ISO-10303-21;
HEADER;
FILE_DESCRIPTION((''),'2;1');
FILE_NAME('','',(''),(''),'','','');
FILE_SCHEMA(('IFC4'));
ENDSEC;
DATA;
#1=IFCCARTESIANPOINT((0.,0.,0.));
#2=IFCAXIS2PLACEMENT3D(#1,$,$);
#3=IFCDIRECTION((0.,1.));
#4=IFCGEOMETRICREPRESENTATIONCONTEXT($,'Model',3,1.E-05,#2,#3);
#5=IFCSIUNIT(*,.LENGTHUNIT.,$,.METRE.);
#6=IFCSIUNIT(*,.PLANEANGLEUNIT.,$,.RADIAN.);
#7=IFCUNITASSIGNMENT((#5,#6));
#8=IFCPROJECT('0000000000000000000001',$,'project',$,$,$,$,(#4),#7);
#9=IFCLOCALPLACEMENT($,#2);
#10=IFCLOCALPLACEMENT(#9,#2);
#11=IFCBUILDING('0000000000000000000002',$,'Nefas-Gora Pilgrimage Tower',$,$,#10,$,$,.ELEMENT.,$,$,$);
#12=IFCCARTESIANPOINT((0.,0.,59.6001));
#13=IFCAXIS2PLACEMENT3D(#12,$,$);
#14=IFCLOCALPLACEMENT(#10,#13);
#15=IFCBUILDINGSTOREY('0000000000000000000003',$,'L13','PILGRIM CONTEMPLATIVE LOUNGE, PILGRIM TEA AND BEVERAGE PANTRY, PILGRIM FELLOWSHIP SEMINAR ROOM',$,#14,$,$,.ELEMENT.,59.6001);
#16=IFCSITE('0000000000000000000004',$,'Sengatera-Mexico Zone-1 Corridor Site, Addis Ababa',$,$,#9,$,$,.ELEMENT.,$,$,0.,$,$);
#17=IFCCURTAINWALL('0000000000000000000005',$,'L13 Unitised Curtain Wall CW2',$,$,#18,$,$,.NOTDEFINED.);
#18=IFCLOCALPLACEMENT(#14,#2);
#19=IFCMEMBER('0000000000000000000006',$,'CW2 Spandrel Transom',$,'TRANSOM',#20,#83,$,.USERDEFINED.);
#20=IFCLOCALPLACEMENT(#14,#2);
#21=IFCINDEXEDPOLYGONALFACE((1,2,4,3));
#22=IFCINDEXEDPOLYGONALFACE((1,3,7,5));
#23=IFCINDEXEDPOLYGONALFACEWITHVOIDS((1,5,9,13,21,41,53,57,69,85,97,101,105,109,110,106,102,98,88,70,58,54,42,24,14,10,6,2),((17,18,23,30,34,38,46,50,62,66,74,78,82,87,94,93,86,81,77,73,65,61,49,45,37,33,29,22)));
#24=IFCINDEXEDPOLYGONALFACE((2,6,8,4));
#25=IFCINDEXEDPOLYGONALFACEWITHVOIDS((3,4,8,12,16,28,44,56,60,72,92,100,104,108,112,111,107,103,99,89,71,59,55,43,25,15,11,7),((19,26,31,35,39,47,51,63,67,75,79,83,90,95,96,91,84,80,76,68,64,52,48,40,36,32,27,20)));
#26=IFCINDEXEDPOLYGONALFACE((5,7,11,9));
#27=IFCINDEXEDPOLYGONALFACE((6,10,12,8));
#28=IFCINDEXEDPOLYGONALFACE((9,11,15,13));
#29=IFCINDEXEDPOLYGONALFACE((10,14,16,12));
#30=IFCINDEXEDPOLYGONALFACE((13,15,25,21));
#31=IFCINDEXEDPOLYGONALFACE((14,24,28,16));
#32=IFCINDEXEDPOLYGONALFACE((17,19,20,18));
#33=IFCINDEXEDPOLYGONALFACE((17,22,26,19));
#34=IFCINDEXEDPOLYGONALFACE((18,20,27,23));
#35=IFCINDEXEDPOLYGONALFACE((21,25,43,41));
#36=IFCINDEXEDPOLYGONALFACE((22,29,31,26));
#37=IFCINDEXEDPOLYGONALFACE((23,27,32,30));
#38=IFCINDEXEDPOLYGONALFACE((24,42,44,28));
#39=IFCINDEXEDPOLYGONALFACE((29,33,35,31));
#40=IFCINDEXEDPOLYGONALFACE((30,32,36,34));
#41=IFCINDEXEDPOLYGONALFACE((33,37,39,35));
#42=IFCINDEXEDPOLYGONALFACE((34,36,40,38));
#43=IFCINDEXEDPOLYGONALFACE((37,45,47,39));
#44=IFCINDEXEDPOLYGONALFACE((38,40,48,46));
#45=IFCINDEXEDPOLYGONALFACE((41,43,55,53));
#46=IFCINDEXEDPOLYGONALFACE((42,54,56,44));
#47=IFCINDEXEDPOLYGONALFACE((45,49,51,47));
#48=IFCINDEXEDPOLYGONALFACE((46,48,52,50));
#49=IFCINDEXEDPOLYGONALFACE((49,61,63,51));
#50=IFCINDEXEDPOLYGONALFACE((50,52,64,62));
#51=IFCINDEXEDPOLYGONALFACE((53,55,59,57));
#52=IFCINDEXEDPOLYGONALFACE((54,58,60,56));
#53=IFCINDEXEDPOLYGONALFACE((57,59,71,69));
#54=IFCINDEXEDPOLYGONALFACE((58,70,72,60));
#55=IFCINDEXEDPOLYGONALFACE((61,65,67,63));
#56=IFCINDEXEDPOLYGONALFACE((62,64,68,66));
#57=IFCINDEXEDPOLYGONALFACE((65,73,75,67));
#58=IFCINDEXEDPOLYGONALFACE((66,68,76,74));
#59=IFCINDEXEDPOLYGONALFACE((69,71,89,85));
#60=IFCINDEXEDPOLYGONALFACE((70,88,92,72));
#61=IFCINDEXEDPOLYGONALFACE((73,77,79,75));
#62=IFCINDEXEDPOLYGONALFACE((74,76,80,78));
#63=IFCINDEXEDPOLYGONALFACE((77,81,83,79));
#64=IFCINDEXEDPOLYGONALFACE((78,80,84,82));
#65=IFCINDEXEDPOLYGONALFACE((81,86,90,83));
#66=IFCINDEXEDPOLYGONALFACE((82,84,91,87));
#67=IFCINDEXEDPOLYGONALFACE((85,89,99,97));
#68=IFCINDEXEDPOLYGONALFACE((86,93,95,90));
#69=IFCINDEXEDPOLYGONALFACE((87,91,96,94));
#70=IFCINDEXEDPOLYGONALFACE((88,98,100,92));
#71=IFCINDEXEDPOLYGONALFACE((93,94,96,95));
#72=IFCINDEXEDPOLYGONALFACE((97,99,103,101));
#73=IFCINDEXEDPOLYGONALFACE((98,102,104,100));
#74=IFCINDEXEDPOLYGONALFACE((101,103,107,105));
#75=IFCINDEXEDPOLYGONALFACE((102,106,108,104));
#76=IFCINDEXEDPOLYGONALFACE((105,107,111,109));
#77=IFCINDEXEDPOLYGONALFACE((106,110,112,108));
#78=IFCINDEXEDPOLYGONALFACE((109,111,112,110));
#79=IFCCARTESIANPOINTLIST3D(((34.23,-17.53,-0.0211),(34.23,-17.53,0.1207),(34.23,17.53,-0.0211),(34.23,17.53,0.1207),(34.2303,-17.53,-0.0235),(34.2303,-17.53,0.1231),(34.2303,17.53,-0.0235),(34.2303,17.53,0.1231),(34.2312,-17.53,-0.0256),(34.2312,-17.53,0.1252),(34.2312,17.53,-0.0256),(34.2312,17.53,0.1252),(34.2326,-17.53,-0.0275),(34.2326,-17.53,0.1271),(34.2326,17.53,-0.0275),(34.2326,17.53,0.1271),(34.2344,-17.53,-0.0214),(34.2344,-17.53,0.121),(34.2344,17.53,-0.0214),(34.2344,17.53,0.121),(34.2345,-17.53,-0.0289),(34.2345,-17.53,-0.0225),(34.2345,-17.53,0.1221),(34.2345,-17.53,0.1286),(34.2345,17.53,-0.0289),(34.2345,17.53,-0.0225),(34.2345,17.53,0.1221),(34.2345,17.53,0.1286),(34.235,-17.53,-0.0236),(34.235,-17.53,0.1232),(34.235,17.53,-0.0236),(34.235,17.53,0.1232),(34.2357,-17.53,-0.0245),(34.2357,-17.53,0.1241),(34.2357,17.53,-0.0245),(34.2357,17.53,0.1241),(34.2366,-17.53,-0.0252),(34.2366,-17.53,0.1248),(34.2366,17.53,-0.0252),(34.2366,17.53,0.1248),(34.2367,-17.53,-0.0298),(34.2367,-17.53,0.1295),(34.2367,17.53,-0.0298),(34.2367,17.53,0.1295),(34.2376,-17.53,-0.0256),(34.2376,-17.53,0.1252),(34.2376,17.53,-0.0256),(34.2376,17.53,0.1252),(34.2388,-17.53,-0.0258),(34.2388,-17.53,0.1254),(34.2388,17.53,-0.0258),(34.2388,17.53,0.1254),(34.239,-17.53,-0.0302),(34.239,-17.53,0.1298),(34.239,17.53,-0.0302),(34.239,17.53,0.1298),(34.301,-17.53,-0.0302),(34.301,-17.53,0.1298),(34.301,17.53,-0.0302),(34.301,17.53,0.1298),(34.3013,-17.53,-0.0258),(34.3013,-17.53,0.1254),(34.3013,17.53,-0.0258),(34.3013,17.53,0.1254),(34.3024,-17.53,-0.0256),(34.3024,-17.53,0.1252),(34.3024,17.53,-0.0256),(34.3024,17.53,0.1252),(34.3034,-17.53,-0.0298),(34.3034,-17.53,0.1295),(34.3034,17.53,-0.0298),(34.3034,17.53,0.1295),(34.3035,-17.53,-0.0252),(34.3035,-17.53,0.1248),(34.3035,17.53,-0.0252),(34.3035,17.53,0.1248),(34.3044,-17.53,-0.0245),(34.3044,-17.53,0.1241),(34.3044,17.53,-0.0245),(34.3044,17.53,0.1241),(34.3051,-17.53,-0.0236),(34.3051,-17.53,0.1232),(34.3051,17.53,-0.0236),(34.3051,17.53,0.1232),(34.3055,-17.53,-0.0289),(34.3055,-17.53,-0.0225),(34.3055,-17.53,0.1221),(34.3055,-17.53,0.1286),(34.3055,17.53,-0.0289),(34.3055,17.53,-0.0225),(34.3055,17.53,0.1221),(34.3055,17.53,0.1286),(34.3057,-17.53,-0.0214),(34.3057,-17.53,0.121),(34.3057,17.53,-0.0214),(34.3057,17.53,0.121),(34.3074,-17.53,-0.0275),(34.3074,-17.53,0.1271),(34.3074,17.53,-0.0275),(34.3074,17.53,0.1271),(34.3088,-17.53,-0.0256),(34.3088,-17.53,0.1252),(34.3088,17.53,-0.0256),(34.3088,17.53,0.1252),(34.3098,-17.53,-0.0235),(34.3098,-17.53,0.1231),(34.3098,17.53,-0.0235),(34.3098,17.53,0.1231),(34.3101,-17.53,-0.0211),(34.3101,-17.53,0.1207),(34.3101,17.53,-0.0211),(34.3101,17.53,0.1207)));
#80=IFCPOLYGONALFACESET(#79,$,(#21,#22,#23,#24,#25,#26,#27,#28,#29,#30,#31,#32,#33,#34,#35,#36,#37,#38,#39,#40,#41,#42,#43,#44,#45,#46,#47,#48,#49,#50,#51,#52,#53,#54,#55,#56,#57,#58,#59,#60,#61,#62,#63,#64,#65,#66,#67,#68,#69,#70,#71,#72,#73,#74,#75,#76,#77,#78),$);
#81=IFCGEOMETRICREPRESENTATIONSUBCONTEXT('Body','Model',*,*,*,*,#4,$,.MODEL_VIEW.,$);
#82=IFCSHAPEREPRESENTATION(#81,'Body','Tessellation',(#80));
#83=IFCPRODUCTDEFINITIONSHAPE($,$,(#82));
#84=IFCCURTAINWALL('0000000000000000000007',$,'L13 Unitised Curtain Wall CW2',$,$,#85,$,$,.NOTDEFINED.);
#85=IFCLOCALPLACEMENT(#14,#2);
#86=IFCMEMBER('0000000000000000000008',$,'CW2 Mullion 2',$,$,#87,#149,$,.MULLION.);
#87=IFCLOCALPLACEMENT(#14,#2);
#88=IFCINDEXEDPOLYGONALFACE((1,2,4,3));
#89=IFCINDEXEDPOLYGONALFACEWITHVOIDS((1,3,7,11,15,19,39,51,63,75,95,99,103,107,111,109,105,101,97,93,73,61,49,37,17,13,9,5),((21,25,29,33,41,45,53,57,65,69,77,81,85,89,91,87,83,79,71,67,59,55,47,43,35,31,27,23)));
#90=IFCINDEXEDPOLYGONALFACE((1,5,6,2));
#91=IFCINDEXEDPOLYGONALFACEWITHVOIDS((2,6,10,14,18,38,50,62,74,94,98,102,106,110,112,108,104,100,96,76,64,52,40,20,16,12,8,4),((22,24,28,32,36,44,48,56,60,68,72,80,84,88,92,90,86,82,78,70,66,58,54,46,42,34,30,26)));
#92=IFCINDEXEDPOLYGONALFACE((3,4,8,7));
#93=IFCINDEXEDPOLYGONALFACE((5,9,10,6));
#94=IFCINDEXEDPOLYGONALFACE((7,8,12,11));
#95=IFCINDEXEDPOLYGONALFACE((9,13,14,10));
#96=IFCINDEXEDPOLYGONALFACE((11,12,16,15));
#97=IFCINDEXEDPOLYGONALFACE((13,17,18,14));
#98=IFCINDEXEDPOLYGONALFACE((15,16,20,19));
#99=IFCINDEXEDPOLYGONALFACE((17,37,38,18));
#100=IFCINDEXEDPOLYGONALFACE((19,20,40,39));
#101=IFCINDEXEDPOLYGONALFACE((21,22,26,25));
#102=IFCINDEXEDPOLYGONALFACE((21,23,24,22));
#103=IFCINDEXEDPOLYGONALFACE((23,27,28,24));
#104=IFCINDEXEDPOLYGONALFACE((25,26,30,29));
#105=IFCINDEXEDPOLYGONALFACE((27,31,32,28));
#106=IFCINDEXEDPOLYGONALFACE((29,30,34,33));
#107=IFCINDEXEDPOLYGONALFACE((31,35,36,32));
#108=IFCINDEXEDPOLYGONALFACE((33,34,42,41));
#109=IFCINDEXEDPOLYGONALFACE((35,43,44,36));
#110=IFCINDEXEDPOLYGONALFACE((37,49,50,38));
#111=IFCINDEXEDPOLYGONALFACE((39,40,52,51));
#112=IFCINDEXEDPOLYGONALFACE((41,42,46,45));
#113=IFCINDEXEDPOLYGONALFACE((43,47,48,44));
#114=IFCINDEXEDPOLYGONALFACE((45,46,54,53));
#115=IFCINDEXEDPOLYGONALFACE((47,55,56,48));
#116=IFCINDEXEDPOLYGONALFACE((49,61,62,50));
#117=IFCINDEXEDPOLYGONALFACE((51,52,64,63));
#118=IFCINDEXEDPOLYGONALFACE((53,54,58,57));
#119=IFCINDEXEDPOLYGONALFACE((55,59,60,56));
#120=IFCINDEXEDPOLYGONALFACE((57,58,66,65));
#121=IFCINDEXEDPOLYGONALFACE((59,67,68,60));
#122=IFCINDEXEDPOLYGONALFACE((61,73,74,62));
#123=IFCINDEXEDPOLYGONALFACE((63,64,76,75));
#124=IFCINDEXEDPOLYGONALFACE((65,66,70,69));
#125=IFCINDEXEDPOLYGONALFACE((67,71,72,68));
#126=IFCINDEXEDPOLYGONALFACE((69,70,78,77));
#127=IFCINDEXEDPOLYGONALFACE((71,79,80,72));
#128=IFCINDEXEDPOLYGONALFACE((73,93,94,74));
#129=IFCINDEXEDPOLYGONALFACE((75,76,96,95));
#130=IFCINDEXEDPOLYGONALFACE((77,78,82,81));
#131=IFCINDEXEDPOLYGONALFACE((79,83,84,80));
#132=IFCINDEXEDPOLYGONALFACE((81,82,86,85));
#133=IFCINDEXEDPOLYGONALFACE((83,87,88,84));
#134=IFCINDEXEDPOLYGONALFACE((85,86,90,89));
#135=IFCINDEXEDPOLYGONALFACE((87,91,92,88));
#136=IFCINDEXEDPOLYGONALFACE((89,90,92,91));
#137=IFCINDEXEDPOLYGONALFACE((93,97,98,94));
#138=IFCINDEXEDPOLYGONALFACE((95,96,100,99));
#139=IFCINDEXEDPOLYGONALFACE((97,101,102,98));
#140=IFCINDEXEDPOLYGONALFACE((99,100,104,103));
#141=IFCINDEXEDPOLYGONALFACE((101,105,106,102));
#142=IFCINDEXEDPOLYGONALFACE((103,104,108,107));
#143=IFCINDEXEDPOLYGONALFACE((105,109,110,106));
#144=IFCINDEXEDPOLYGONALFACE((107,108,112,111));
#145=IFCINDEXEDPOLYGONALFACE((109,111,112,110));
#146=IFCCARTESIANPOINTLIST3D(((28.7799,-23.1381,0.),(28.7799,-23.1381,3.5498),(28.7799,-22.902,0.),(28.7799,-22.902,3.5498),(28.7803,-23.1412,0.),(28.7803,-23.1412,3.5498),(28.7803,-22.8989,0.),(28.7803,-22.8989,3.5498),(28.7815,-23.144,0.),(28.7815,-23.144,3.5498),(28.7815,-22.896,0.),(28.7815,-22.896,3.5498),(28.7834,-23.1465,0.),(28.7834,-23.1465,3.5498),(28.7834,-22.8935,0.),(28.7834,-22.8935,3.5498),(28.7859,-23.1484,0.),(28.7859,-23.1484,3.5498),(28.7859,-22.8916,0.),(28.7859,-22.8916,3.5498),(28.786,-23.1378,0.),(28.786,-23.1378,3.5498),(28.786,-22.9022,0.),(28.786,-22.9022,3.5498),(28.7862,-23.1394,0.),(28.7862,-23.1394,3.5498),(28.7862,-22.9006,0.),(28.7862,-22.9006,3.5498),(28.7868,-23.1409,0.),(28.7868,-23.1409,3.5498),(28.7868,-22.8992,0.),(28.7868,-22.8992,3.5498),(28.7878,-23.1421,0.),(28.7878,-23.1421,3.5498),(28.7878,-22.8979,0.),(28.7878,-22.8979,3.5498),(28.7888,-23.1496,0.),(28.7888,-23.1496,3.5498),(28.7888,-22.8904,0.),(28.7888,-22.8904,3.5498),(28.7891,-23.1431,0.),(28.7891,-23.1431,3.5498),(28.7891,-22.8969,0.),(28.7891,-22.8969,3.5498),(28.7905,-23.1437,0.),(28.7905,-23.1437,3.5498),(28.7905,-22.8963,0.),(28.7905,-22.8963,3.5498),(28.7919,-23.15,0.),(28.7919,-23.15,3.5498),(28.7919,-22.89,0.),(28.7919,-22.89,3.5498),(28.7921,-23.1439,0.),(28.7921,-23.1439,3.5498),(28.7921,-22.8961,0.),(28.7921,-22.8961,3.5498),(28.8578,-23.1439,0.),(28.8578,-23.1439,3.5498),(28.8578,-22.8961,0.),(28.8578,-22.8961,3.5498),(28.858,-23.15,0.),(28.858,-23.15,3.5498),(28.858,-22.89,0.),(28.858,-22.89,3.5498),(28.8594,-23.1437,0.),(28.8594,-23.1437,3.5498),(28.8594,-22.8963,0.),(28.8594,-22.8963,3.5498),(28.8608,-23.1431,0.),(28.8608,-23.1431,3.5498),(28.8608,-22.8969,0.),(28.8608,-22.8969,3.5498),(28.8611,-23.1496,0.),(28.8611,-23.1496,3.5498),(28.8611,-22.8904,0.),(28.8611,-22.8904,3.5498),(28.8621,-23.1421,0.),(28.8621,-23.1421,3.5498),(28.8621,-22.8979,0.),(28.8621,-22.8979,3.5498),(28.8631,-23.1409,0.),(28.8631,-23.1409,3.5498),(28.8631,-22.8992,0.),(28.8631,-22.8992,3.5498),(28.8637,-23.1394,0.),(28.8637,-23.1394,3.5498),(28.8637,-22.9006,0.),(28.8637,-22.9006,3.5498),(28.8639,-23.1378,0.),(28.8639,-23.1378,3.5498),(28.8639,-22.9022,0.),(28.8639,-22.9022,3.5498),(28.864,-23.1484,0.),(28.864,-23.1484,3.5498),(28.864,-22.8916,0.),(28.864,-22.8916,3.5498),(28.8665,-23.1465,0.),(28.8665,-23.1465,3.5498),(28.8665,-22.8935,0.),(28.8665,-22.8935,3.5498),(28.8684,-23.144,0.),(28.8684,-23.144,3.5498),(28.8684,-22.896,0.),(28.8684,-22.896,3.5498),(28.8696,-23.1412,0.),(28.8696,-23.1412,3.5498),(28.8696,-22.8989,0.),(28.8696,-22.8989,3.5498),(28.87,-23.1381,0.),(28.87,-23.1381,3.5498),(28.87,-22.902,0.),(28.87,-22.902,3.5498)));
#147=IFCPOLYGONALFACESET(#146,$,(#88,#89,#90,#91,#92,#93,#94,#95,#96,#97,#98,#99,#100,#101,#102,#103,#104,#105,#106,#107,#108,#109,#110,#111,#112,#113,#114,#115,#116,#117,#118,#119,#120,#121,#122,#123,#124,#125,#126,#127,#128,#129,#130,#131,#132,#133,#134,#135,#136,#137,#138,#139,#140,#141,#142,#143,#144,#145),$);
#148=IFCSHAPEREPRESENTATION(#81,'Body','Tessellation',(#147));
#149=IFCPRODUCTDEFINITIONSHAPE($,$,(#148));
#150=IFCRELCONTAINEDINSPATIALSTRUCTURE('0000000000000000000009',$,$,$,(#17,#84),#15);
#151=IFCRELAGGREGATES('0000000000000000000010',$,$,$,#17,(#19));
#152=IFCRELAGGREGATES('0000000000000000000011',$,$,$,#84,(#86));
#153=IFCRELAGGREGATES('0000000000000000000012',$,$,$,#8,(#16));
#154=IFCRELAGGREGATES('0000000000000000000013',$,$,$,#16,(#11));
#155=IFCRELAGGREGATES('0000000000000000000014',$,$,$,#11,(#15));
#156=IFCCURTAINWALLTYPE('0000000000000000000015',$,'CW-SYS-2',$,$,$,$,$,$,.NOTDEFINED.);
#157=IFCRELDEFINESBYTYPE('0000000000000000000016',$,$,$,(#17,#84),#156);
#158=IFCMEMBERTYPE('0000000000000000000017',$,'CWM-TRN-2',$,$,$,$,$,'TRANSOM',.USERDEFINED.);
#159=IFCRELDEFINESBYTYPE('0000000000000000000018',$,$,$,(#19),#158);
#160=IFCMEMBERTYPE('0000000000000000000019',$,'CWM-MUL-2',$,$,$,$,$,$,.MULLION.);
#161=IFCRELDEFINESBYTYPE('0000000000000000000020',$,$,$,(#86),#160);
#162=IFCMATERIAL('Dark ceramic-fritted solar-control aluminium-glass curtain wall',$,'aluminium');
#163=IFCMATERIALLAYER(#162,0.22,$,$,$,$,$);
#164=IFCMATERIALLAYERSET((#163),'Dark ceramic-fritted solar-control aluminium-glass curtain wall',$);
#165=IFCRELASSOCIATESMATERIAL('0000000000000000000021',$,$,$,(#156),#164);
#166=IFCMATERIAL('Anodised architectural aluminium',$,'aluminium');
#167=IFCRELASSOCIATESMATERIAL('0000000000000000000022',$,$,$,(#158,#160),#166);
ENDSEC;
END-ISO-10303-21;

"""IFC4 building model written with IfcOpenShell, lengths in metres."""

from ifc_helpers import new_model, si_unit, direction, frame, origin, origin_2d, place, context, subcontext, project, spatial, hollow_rectangle, extrude, source, transform, mapped, material, layer, layer_set, material_profile, profile_set, type_object, element, aggregate, save


model = new_model("IFC4")

# Units and contexts
model_context = context("Model", 3, precision=1e-05, world=origin(), true_north=direction((0.0, 1.0)))
body_context = subcontext(model_context, "Body", "Model", "MODEL_VIEW")
ifc_project = project(units=[si_unit("LENGTHUNIT", "METRE"), si_unit("PLANEANGLEUNIT", "RADIAN")], contexts=[model_context])

# Site, building, storey
site_placement = place(None, origin())
site = spatial("IfcSite", under=ifc_project, at=site_placement, Name="Sengatera-Mexico Zone-1 Corridor Site, Addis Ababa", CompositionType="ELEMENT", RefElevation=0.0)
building_placement = place(site_placement, origin())
building = spatial("IfcBuilding", under=site, at=building_placement, Name="Nefas-Gora Pilgrimage Tower", CompositionType="ELEMENT")
storey_placement = place(building_placement, frame((0.0, 0.0, 59.6001)))
storey = spatial("IfcBuildingStorey", under=building, at=storey_placement, Name="L13", Description="PILGRIM CONTEMPLATIVE LOUNGE, PILGRIM TEA AND BEVERAGE PANTRY, PILGRIM FELLOWSHIP SEMINAR ROOM", CompositionType="ELEMENT", Elevation=59.6001)

# Curtain walls, members
ifc_material_1 = material(Name="Dark ceramic-fritted solar-control aluminium-glass curtain wall", Category="aluminium")
ifc_layer_1 = layer(ifc_material_1, 0.22)
ifc_layer_set_1 = layer_set([ifc_layer_1], Name="Dark ceramic-fritted solar-control aluminium-glass curtain wall")
curtain_wall_type = type_object("IfcCurtainWallType", Name="CW-SYS-2", PredefinedType="NOTDEFINED", material=ifc_layer_set_1)
curtain_wall_1_placement = place(storey_placement, origin())
curtain_wall_1 = element("IfcCurtainWall", 1, at=curtain_wall_1_placement, inside=storey, type_object=curtain_wall_type, Name="L13 Unitised Curtain Wall CW2", PredefinedType="NOTDEFINED")
ifc_material_2 = material(Name="Anodised architectural aluminium", Category="aluminium")
ifc_material_profile_1 = material_profile(ifc_material_2, hollow_rectangle(XDim=0.0801, YDim=0.1599, WallThickness=0.0044, InnerFilletRadius=0.0044, OuterFilletRadius=0.009, at=origin_2d()), Name="ALU TRANSOM 80x160")
ifc_profile_set_1 = profile_set([ifc_material_profile_1], Name="Anodised architectural aluminium")
member_type_1 = type_object("IfcMemberType", Name="CWM-TRN-2", ElementType="TRANSOM", PredefinedType="USERDEFINED", material=ifc_profile_set_1)
shared_shape_1 = source(origin(), body_context, "Body", "SweptSolid", [
    extrude(hollow_rectangle(XDim=0.0801, YDim=0.1599, WallThickness=0.0044, InnerFilletRadius=0.0044, OuterFilletRadius=0.009, at=origin_2d()), origin(), (0.0, 0.0, 1.0), 35.0601),
])
member_1_placement = place(storey_placement, frame((34.27, -17.53, 0.0498), z_axis=(0.0, 1.0, 0.0), x_axis=(-1.0, 0.0, 0.0)))
member_1 = element("IfcMember", 2, at=member_1_placement, type_object=member_type_1, Name="CW2 Spandrel Transom", ObjectType="TRANSOM", PredefinedType="USERDEFINED", context=body_context, shape_type="MappedRepresentation", body=[
    mapped(shared_shape_1, transform((0.0, 0.0, 0.0), x_axis=(1.0, 0.0, 0.0), y_axis=(0.0, 1.0, 0.0), z_axis=(0.0, 0.0, 1.0), scale=1.0)),
])
curtain_wall_2_placement = place(storey_placement, origin())
curtain_wall_2 = element("IfcCurtainWall", 3, at=curtain_wall_2_placement, inside=storey, type_object=curtain_wall_type, Name="L13 Unitised Curtain Wall CW2", PredefinedType="NOTDEFINED")
ifc_material_profile_2 = material_profile(ifc_material_2, hollow_rectangle(XDim=0.0901, YDim=0.26, WallThickness=0.0061, InnerFilletRadius=0.0061, OuterFilletRadius=0.012, at=origin_2d()), Name="ALU MULLION 90x260")
ifc_profile_set_2 = profile_set([ifc_material_profile_2], Name="Anodised architectural aluminium")
member_type_2 = type_object("IfcMemberType", Name="CWM-MUL-2", PredefinedType="MULLION", material=ifc_profile_set_2)
shared_shape_2 = source(origin(), body_context, "Body", "SweptSolid", [
    extrude(hollow_rectangle(XDim=0.0901, YDim=0.26, WallThickness=0.0061, InnerFilletRadius=0.0061, OuterFilletRadius=0.012, at=origin_2d()), origin(), (0.0, 0.0, 1.0), 3.5498),
])
member_2_placement = place(storey_placement, frame((28.825, -23.02, 0.0), z_axis=(0.0, 0.0, 1.0), x_axis=(1.0, 0.0, 0.0)))
member_2 = element("IfcMember", 4, at=member_2_placement, type_object=member_type_2, Name="CW2 Mullion 2", PredefinedType="MULLION", context=body_context, shape_type="MappedRepresentation", body=[
    mapped(shared_shape_2, transform((0.0, 0.0, 0.0), x_axis=(1.0, 0.0, 0.0), y_axis=(0.0, 1.0, 0.0), z_axis=(0.0, 0.0, 1.0), scale=1.0)),
])

aggregate(curtain_wall_1, [member_1])

aggregate(curtain_wall_2, [member_2])

save(model, "model.ifc")
